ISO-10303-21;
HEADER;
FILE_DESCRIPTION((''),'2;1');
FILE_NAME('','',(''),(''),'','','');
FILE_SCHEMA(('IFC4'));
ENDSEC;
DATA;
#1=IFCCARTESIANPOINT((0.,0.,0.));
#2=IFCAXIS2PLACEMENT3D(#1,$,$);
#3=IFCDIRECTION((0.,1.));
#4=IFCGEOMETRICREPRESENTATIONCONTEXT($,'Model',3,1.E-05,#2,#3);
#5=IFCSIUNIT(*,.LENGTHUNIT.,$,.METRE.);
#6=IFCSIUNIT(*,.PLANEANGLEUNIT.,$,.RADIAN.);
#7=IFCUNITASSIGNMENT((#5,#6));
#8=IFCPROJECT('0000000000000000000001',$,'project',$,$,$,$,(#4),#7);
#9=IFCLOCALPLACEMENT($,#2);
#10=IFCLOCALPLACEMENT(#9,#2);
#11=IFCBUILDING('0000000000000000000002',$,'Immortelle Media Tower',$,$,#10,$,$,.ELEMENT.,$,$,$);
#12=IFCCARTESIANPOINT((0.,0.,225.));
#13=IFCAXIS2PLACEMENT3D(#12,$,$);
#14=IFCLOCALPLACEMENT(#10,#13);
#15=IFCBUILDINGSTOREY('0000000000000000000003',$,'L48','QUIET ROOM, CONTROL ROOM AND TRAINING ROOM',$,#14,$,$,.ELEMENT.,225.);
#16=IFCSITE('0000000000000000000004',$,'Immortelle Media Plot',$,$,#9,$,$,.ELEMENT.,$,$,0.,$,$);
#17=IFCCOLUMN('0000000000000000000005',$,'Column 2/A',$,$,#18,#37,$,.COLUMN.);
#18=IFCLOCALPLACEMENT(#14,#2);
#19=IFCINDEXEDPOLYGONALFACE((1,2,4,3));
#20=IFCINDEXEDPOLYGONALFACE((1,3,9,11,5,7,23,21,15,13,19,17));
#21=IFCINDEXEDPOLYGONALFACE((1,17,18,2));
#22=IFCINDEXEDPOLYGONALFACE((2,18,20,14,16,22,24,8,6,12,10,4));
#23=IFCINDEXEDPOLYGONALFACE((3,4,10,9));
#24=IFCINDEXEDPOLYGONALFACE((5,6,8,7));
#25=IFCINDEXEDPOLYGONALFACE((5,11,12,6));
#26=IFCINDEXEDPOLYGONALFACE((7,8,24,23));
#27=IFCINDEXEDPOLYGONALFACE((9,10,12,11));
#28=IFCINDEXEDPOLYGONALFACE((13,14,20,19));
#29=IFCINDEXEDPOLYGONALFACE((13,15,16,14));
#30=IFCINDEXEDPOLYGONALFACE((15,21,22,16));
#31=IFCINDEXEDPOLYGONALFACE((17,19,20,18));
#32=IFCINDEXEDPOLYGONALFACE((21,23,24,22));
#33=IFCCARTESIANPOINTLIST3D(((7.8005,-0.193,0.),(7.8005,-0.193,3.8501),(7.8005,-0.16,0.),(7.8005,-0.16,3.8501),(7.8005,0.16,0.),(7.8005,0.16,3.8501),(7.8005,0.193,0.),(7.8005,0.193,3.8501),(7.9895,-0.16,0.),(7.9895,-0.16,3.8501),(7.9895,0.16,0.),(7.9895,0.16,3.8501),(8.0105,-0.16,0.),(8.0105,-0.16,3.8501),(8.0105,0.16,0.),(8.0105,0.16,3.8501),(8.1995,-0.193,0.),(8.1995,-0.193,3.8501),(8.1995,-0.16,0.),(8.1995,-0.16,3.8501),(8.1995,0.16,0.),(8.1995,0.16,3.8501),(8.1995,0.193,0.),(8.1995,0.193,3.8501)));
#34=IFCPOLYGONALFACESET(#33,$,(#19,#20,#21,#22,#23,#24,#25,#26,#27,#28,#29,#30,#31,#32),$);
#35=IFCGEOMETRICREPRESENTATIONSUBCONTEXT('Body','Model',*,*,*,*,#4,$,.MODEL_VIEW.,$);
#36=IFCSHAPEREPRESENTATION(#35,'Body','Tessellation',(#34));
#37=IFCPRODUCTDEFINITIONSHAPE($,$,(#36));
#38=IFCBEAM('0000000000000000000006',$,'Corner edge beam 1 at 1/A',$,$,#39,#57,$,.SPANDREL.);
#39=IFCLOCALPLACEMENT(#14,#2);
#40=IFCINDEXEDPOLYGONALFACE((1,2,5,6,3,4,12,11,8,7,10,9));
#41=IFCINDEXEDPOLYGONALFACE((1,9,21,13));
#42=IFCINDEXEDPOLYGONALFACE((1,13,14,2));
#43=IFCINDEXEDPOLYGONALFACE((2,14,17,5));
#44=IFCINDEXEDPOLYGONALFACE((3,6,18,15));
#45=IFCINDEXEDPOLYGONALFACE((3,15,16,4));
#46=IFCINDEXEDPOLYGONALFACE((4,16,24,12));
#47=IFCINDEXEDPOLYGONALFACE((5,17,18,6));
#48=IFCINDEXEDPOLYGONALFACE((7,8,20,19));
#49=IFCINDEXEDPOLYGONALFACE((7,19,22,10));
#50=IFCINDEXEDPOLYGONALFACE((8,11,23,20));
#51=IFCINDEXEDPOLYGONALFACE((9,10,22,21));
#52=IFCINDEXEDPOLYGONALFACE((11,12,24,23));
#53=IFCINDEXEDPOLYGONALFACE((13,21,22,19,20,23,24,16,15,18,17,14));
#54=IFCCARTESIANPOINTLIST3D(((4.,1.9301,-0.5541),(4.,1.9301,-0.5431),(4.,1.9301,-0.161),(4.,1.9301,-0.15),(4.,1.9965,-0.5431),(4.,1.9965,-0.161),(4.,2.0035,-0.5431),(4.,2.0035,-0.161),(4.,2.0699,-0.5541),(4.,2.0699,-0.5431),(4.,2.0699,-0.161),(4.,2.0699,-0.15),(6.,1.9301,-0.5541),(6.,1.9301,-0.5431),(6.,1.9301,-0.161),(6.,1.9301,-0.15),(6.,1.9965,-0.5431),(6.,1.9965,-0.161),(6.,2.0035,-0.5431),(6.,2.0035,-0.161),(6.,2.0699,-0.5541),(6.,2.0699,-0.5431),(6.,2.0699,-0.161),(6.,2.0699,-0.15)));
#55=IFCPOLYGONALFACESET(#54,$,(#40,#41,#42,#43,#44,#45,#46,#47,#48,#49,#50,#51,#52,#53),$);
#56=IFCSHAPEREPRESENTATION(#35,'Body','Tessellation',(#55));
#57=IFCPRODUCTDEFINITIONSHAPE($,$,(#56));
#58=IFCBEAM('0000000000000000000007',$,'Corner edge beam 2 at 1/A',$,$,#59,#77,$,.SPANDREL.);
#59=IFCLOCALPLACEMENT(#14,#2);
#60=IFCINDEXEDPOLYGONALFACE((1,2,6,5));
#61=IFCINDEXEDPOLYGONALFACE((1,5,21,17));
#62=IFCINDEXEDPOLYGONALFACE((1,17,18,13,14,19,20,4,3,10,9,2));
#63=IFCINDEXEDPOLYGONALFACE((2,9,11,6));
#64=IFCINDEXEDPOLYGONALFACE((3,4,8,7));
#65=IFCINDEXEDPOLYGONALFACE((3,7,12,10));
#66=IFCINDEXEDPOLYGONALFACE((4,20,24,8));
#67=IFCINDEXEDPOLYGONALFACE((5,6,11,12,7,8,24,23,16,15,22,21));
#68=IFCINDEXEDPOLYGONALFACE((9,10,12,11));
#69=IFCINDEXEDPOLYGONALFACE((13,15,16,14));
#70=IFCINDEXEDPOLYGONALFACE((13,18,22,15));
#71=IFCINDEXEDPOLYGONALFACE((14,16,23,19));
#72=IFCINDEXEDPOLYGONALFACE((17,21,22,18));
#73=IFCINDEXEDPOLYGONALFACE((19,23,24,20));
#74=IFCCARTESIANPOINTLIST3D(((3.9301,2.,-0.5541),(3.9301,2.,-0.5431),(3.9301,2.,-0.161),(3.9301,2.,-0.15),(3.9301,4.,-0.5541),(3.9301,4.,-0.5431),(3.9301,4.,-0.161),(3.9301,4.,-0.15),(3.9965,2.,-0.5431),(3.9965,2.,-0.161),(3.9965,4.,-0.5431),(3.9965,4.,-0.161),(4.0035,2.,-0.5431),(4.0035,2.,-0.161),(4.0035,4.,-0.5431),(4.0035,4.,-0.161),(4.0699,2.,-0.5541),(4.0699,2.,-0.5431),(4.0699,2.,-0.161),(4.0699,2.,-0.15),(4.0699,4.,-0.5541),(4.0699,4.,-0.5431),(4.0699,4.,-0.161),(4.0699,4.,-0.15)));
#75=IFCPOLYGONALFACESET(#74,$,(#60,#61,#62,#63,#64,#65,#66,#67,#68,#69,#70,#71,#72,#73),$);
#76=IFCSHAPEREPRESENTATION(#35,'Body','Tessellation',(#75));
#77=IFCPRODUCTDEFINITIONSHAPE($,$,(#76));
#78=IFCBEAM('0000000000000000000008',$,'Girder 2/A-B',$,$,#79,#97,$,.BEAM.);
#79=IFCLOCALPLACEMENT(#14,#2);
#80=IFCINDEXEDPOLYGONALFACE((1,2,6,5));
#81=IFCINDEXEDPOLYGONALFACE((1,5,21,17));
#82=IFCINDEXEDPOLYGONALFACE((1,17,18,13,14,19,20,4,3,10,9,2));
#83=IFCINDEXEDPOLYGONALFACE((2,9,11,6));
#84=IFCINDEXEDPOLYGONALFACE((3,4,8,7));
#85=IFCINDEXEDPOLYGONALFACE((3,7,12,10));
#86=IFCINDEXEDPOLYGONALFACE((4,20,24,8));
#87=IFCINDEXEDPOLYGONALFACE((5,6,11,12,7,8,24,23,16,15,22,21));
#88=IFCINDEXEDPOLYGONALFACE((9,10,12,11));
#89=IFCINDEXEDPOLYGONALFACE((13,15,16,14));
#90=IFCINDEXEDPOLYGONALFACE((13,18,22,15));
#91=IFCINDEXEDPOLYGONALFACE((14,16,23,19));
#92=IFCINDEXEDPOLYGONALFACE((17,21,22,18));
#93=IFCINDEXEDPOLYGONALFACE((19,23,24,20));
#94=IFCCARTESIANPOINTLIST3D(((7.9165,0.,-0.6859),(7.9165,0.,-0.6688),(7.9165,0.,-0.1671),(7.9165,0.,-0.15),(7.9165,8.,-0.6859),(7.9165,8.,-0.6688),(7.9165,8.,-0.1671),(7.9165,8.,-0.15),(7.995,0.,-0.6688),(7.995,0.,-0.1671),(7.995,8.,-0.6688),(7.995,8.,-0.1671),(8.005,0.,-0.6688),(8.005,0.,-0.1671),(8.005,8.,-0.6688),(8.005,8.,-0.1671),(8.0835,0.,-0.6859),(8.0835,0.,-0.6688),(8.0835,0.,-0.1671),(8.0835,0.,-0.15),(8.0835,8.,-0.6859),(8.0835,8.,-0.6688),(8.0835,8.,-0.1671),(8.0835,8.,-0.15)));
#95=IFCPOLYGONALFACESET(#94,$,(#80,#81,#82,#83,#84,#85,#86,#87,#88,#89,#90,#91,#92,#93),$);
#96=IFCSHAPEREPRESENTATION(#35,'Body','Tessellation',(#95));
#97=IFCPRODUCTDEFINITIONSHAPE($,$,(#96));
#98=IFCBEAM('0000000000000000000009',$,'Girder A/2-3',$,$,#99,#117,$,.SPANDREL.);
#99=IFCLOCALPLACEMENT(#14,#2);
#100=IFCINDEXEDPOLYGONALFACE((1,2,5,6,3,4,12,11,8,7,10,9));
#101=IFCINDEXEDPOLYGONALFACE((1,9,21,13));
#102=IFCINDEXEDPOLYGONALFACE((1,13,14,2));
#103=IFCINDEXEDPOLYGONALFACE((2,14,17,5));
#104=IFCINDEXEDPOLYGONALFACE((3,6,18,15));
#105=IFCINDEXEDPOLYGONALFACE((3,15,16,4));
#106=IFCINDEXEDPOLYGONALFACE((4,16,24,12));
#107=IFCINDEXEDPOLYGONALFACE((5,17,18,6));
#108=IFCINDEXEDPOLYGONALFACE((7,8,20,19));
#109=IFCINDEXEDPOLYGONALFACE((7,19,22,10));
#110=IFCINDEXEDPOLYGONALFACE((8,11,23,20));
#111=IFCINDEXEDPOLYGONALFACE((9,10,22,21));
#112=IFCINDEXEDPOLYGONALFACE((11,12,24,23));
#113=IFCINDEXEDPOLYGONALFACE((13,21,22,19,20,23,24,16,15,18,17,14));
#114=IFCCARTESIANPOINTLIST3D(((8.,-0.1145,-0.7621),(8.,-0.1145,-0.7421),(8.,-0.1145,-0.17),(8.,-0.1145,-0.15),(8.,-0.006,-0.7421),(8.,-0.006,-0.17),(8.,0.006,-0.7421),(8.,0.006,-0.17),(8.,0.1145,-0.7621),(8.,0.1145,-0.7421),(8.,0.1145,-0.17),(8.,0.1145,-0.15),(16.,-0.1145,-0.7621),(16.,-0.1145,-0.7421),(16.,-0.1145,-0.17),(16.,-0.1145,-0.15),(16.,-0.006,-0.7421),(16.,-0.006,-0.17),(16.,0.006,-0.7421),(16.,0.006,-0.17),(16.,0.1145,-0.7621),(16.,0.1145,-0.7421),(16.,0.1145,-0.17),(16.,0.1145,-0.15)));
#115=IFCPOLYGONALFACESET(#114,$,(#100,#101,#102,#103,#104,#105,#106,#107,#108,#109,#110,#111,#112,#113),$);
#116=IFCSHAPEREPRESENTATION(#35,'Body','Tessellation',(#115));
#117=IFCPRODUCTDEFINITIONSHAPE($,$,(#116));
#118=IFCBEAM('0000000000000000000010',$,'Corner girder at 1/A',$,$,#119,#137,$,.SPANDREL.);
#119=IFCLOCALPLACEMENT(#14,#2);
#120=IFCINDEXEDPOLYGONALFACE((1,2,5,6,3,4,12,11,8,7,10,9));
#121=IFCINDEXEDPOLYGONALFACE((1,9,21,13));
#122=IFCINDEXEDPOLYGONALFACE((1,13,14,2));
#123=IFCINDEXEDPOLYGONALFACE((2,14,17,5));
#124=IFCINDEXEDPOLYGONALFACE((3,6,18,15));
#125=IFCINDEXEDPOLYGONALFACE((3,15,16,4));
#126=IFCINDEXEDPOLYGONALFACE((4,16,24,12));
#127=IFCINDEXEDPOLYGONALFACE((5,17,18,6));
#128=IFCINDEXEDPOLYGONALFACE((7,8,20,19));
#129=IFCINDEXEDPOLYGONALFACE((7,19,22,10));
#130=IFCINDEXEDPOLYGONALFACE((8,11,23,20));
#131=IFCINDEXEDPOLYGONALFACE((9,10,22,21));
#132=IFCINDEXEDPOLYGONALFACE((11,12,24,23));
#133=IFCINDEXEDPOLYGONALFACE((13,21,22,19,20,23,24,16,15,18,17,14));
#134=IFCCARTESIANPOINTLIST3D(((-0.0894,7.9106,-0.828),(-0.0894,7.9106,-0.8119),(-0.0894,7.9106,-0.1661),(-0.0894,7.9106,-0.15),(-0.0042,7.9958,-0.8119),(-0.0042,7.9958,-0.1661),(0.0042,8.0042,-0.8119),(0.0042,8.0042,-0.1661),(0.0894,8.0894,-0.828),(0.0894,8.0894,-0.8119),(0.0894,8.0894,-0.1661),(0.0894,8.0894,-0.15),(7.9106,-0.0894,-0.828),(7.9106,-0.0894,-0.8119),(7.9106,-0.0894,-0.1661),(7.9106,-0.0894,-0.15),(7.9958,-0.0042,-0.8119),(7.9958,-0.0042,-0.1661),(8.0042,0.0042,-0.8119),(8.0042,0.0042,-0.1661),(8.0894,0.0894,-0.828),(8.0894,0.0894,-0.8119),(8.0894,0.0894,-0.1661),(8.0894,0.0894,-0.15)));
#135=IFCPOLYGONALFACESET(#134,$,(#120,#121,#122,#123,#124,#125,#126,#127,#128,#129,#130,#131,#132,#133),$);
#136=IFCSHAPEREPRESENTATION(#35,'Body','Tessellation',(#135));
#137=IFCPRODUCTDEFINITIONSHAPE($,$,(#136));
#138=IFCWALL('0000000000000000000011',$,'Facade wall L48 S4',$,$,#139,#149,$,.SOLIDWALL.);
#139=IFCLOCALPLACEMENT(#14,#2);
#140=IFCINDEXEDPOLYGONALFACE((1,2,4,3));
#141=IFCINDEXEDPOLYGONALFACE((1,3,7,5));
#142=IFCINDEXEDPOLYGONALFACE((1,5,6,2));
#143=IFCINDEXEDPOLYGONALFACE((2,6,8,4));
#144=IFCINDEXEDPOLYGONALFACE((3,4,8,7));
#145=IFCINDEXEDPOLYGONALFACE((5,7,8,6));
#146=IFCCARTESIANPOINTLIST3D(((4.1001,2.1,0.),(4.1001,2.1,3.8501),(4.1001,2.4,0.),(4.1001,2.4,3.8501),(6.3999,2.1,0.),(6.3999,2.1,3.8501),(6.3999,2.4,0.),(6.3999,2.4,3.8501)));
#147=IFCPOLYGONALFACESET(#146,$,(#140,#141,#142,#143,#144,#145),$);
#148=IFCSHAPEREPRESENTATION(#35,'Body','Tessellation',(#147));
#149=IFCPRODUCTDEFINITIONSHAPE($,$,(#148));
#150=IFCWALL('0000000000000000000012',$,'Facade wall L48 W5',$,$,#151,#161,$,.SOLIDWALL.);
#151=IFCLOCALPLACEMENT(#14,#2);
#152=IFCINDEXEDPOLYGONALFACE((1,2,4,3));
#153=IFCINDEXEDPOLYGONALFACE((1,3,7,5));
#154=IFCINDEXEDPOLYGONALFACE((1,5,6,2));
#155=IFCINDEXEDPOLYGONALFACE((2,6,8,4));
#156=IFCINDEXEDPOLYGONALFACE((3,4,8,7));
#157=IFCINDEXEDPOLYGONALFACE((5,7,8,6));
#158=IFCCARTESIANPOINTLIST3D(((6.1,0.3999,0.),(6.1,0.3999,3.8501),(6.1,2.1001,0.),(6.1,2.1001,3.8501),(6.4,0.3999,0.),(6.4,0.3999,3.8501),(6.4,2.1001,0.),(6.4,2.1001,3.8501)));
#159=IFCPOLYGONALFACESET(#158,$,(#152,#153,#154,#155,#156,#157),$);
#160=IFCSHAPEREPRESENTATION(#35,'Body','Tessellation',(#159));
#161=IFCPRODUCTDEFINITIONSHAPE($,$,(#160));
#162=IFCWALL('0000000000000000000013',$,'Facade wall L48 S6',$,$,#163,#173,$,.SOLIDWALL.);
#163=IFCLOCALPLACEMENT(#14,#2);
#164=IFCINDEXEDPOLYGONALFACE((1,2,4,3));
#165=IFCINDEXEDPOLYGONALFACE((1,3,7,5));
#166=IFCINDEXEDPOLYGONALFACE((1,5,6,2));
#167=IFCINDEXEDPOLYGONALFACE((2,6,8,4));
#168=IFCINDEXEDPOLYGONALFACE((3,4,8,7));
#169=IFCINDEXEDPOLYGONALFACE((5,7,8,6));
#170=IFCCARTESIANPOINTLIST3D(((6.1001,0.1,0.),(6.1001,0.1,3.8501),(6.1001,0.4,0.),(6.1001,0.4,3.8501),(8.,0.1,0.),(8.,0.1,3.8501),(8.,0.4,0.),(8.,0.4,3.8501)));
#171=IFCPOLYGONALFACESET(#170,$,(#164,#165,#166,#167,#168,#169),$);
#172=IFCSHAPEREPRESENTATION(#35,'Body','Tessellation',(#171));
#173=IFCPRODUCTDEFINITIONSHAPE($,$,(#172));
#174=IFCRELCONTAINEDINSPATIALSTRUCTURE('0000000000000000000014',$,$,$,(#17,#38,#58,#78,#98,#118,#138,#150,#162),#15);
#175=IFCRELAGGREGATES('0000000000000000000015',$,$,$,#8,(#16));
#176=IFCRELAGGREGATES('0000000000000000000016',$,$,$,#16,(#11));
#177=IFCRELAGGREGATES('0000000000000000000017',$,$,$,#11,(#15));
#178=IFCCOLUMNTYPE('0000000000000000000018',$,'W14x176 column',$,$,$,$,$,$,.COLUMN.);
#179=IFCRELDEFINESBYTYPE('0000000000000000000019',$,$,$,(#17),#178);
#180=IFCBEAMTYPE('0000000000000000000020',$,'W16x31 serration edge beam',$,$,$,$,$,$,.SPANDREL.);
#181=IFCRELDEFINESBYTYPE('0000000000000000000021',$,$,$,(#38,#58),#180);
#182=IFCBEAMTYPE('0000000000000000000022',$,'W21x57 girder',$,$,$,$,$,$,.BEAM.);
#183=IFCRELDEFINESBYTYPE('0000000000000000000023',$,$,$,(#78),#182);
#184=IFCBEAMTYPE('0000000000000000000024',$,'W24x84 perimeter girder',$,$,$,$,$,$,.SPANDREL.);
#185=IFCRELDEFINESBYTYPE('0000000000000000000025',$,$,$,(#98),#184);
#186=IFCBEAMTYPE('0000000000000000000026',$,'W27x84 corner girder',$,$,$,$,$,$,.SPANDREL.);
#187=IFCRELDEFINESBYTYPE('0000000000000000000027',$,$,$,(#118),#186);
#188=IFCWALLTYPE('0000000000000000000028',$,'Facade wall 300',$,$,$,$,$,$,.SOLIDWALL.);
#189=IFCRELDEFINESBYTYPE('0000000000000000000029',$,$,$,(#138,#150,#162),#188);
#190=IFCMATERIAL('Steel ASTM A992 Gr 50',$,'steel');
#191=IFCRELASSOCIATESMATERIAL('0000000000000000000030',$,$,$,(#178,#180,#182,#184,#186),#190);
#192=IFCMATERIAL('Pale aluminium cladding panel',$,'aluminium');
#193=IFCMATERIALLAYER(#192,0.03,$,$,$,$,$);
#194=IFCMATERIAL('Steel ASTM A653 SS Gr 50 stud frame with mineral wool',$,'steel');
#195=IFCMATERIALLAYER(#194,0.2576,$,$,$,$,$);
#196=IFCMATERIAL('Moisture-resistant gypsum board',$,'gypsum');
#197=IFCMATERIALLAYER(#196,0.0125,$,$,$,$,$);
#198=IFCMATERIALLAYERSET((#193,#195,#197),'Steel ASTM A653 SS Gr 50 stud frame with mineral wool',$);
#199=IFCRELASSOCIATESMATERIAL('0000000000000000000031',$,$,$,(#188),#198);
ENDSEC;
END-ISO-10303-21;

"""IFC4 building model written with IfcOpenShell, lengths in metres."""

from ifc_helpers import new_model, si_unit, direction, frame, frame_2d, origin, origin_2d, place, context, subcontext, project, spatial, rectangle, i_section, extrude, material, layer, layer_set, material_profile, profile_set, type_object, element, save


model = new_model("IFC4")

# Units and contexts
model_context = context("Model", 3, precision=1e-05, world=origin(), true_north=direction((0.0, 1.0)))
body_context = subcontext(model_context, "Body", "Model", "MODEL_VIEW")
ifc_project = project(units=[si_unit("LENGTHUNIT", "METRE"), si_unit("PLANEANGLEUNIT", "RADIAN")], contexts=[model_context])

# Site, building, storey
site_placement = place(None, origin())
site = spatial("IfcSite", under=ifc_project, at=site_placement, Name="Immortelle Media Plot", CompositionType="ELEMENT", RefElevation=0.0)
building_placement = place(site_placement, origin())
building = spatial("IfcBuilding", under=site, at=building_placement, Name="Immortelle Media Tower", CompositionType="ELEMENT")
storey_placement = place(building_placement, frame((0.0, 0.0, 225.0)))
storey = spatial("IfcBuildingStorey", under=building, at=storey_placement, Name="L48", Description="QUIET ROOM, CONTROL ROOM AND TRAINING ROOM", CompositionType="ELEMENT", Elevation=225.0)

# Column
ifc_material_1 = material(Name="Steel ASTM A992 Gr 50", Category="steel")
ifc_material_profile_1 = material_profile(ifc_material_1, i_section(OverallWidth=0.3989, OverallDepth=0.386, WebThickness=0.021, FlangeThickness=0.033, at=origin_2d()), Name="W14x176")
ifc_profile_set_1 = profile_set([ifc_material_profile_1], Name="Steel ASTM A992 Gr 50")
column_type = type_object("IfcColumnType", Name="W14x176 column", PredefinedType="COLUMN", material=ifc_profile_set_1)
column_placement = place(storey_placement, frame((8.0, 0.0, 0.0), z_axis=(0.0, 0.0, 1.0), x_axis=(1.0, 0.0, 0.0)))
element("IfcColumn", 1, at=column_placement, inside=storey, type_object=column_type, Name="Column 2/A", PredefinedType="COLUMN", context=body_context, shape_type="SweptSolid", body=[
    extrude(i_section(OverallWidth=0.3989, OverallDepth=0.386, WebThickness=0.021, FlangeThickness=0.033, at=origin_2d()), origin(), (0.0, 0.0, 1.0), 3.8501),
])

# Beams
ifc_material_profile_2 = material_profile(ifc_material_1, i_section(OverallWidth=0.1399, OverallDepth=0.4041, WebThickness=0.0071, FlangeThickness=0.011, at=origin_2d()), Name="W16x31")
ifc_profile_set_2 = profile_set([ifc_material_profile_2], Name="Steel ASTM A992 Gr 50")
beam_type_1 = type_object("IfcBeamType", Name="W16x31 serration edge beam", PredefinedType="SPANDREL", material=ifc_profile_set_2)
for number, where, z_axis, x_axis, name in (
    (2, (6.0, 2.0, -0.3521), (-1.0, 0.0, 0.0), (0.0, -1.0, 0.0), "Corner edge beam 1 at 1/A"),
    (3, (4.0, 2.0, -0.3521), (0.0, 1.0, 0.0), (-1.0, 0.0, 0.0), "Corner edge beam 2 at 1/A"),
):
    element("IfcBeam", number, at=place(storey_placement, frame(where, z_axis=z_axis, x_axis=x_axis)), inside=storey, type_object=beam_type_1, Name=name, PredefinedType="SPANDREL", context=body_context, shape_type="SweptSolid", body=[
        extrude(i_section(OverallWidth=0.1399, OverallDepth=0.4041, WebThickness=0.0071, FlangeThickness=0.011, at=origin_2d()), origin(), (0.0, 0.0, 1.0), 2.0),
    ])
ifc_material_profile_3 = material_profile(ifc_material_1, i_section(OverallWidth=0.167, OverallDepth=0.5359, WebThickness=0.01, FlangeThickness=0.0171, at=origin_2d()), Name="W21x57")
ifc_profile_set_3 = profile_set([ifc_material_profile_3], Name="Steel ASTM A992 Gr 50")
beam_type_2 = type_object("IfcBeamType", Name="W21x57 girder", PredefinedType="BEAM", material=ifc_profile_set_3)
beam_1_placement = place(storey_placement, frame((8.0, 0.0, -0.418), z_axis=(0.0, 1.0, 0.0), x_axis=(-1.0, 0.0, 0.0)))
element("IfcBeam", 4, at=beam_1_placement, inside=storey, type_object=beam_type_2, Name="Girder 2/A-B", PredefinedType="BEAM", context=body_context, shape_type="SweptSolid", body=[
    extrude(i_section(OverallWidth=0.167, OverallDepth=0.5359, WebThickness=0.01, FlangeThickness=0.0171, at=origin_2d()), origin(), (0.0, 0.0, 1.0), 8.0),
])
ifc_material_profile_4 = material_profile(ifc_material_1, i_section(OverallWidth=0.229, OverallDepth=0.6121, WebThickness=0.012, FlangeThickness=0.02, at=origin_2d()), Name="W24x84")
ifc_profile_set_4 = profile_set([ifc_material_profile_4], Name="Steel ASTM A992 Gr 50")
beam_type_3 = type_object("IfcBeamType", Name="W24x84 perimeter girder", PredefinedType="SPANDREL", material=ifc_profile_set_4)
beam_2_placement = place(storey_placement, frame((8.0, 0.0, -0.4561), z_axis=(1.0, 0.0, 0.0), x_axis=(0.0, 1.0, 0.0)))
element("IfcBeam", 5, at=beam_2_placement, inside=storey, type_object=beam_type_3, Name="Girder A/2-3", PredefinedType="SPANDREL", context=body_context, shape_type="SweptSolid", body=[
    extrude(i_section(OverallWidth=0.229, OverallDepth=0.6121, WebThickness=0.012, FlangeThickness=0.02, at=origin_2d()), origin(), (0.0, 0.0, 1.0), 8.0),
])
ifc_material_profile_5 = material_profile(ifc_material_1, i_section(OverallWidth=0.2529, OverallDepth=0.678, WebThickness=0.012, FlangeThickness=0.0161, at=origin_2d()), Name="W27x84")
ifc_profile_set_5 = profile_set([ifc_material_profile_5], Name="Steel ASTM A992 Gr 50")
beam_type_4 = type_object("IfcBeamType", Name="W27x84 corner girder", PredefinedType="SPANDREL", material=ifc_profile_set_5)
beam_3_placement = place(storey_placement, frame((8.0, 0.0, -0.489), z_axis=(-0.707107, 0.707107, 0.0), x_axis=(-0.707107, -0.707107, 0.0)))
element("IfcBeam", 6, at=beam_3_placement, inside=storey, type_object=beam_type_4, Name="Corner girder at 1/A", PredefinedType="SPANDREL", context=body_context, shape_type="SweptSolid", body=[
    extrude(i_section(OverallWidth=0.2529, OverallDepth=0.678, WebThickness=0.012, FlangeThickness=0.0161, at=origin_2d()), origin(), (0.0, 0.0, 1.0), 11.3137),
])

# Walls
ifc_material_2 = material(Name="Pale aluminium cladding panel", Category="aluminium")
ifc_layer_1 = layer(ifc_material_2, 0.03)
ifc_material_3 = material(Name="Steel ASTM A653 SS Gr 50 stud frame with mineral wool", Category="steel")
ifc_layer_2 = layer(ifc_material_3, 0.2576)
ifc_material_4 = material(Name="Moisture-resistant gypsum board", Category="gypsum")
ifc_layer_3 = layer(ifc_material_4, 0.0125)
ifc_layer_set = layer_set([ifc_layer_1, ifc_layer_2, ifc_layer_3], Name="Steel ASTM A653 SS Gr 50 stud frame with mineral wool")
wall_type = type_object("IfcWallType", Name="Facade wall 300", PredefinedType="SOLIDWALL", material=ifc_layer_set)
wall_1_placement = place(storey_placement, frame((4.1001, 2.25, 0.0), z_axis=(0.0, 0.0, 1.0), x_axis=(1.0, 0.0, 0.0)))
element("IfcWall", 7, at=wall_1_placement, inside=storey, type_object=wall_type, Name="Facade wall L48 S4", PredefinedType="SOLIDWALL", context=body_context, shape_type="SweptSolid", body=[
    extrude(rectangle(XDim=2.2998, YDim=0.3, at=frame_2d((1.1499, 0.0))), origin(), (0.0, 0.0, 1.0), 3.8501),
])
wall_2_placement = place(storey_placement, frame((6.25, 2.1001, 0.0), z_axis=(0.0, 0.0, 1.0), x_axis=(0.0, -1.0, 0.0)))
element("IfcWall", 8, at=wall_2_placement, inside=storey, type_object=wall_type, Name="Facade wall L48 W5", PredefinedType="SOLIDWALL", context=body_context, shape_type="SweptSolid", body=[
    extrude(rectangle(XDim=1.7002, YDim=0.3, at=frame_2d((0.8501, 0.0))), origin(), (0.0, 0.0, 1.0), 3.8501),
])
wall_3_placement = place(storey_placement, frame((6.1001, 0.25, 0.0), z_axis=(0.0, 0.0, 1.0), x_axis=(1.0, 0.0, 0.0)))
element("IfcWall", 9, at=wall_3_placement, inside=storey, type_object=wall_type, Name="Facade wall L48 S6", PredefinedType="SOLIDWALL", context=body_context, shape_type="SweptSolid", body=[
    extrude(rectangle(XDim=1.8999, YDim=0.3, at=frame_2d((0.95, 0.0))), origin(), (0.0, 0.0, 1.0), 3.8501),
])

save(model, "model.ifc")
